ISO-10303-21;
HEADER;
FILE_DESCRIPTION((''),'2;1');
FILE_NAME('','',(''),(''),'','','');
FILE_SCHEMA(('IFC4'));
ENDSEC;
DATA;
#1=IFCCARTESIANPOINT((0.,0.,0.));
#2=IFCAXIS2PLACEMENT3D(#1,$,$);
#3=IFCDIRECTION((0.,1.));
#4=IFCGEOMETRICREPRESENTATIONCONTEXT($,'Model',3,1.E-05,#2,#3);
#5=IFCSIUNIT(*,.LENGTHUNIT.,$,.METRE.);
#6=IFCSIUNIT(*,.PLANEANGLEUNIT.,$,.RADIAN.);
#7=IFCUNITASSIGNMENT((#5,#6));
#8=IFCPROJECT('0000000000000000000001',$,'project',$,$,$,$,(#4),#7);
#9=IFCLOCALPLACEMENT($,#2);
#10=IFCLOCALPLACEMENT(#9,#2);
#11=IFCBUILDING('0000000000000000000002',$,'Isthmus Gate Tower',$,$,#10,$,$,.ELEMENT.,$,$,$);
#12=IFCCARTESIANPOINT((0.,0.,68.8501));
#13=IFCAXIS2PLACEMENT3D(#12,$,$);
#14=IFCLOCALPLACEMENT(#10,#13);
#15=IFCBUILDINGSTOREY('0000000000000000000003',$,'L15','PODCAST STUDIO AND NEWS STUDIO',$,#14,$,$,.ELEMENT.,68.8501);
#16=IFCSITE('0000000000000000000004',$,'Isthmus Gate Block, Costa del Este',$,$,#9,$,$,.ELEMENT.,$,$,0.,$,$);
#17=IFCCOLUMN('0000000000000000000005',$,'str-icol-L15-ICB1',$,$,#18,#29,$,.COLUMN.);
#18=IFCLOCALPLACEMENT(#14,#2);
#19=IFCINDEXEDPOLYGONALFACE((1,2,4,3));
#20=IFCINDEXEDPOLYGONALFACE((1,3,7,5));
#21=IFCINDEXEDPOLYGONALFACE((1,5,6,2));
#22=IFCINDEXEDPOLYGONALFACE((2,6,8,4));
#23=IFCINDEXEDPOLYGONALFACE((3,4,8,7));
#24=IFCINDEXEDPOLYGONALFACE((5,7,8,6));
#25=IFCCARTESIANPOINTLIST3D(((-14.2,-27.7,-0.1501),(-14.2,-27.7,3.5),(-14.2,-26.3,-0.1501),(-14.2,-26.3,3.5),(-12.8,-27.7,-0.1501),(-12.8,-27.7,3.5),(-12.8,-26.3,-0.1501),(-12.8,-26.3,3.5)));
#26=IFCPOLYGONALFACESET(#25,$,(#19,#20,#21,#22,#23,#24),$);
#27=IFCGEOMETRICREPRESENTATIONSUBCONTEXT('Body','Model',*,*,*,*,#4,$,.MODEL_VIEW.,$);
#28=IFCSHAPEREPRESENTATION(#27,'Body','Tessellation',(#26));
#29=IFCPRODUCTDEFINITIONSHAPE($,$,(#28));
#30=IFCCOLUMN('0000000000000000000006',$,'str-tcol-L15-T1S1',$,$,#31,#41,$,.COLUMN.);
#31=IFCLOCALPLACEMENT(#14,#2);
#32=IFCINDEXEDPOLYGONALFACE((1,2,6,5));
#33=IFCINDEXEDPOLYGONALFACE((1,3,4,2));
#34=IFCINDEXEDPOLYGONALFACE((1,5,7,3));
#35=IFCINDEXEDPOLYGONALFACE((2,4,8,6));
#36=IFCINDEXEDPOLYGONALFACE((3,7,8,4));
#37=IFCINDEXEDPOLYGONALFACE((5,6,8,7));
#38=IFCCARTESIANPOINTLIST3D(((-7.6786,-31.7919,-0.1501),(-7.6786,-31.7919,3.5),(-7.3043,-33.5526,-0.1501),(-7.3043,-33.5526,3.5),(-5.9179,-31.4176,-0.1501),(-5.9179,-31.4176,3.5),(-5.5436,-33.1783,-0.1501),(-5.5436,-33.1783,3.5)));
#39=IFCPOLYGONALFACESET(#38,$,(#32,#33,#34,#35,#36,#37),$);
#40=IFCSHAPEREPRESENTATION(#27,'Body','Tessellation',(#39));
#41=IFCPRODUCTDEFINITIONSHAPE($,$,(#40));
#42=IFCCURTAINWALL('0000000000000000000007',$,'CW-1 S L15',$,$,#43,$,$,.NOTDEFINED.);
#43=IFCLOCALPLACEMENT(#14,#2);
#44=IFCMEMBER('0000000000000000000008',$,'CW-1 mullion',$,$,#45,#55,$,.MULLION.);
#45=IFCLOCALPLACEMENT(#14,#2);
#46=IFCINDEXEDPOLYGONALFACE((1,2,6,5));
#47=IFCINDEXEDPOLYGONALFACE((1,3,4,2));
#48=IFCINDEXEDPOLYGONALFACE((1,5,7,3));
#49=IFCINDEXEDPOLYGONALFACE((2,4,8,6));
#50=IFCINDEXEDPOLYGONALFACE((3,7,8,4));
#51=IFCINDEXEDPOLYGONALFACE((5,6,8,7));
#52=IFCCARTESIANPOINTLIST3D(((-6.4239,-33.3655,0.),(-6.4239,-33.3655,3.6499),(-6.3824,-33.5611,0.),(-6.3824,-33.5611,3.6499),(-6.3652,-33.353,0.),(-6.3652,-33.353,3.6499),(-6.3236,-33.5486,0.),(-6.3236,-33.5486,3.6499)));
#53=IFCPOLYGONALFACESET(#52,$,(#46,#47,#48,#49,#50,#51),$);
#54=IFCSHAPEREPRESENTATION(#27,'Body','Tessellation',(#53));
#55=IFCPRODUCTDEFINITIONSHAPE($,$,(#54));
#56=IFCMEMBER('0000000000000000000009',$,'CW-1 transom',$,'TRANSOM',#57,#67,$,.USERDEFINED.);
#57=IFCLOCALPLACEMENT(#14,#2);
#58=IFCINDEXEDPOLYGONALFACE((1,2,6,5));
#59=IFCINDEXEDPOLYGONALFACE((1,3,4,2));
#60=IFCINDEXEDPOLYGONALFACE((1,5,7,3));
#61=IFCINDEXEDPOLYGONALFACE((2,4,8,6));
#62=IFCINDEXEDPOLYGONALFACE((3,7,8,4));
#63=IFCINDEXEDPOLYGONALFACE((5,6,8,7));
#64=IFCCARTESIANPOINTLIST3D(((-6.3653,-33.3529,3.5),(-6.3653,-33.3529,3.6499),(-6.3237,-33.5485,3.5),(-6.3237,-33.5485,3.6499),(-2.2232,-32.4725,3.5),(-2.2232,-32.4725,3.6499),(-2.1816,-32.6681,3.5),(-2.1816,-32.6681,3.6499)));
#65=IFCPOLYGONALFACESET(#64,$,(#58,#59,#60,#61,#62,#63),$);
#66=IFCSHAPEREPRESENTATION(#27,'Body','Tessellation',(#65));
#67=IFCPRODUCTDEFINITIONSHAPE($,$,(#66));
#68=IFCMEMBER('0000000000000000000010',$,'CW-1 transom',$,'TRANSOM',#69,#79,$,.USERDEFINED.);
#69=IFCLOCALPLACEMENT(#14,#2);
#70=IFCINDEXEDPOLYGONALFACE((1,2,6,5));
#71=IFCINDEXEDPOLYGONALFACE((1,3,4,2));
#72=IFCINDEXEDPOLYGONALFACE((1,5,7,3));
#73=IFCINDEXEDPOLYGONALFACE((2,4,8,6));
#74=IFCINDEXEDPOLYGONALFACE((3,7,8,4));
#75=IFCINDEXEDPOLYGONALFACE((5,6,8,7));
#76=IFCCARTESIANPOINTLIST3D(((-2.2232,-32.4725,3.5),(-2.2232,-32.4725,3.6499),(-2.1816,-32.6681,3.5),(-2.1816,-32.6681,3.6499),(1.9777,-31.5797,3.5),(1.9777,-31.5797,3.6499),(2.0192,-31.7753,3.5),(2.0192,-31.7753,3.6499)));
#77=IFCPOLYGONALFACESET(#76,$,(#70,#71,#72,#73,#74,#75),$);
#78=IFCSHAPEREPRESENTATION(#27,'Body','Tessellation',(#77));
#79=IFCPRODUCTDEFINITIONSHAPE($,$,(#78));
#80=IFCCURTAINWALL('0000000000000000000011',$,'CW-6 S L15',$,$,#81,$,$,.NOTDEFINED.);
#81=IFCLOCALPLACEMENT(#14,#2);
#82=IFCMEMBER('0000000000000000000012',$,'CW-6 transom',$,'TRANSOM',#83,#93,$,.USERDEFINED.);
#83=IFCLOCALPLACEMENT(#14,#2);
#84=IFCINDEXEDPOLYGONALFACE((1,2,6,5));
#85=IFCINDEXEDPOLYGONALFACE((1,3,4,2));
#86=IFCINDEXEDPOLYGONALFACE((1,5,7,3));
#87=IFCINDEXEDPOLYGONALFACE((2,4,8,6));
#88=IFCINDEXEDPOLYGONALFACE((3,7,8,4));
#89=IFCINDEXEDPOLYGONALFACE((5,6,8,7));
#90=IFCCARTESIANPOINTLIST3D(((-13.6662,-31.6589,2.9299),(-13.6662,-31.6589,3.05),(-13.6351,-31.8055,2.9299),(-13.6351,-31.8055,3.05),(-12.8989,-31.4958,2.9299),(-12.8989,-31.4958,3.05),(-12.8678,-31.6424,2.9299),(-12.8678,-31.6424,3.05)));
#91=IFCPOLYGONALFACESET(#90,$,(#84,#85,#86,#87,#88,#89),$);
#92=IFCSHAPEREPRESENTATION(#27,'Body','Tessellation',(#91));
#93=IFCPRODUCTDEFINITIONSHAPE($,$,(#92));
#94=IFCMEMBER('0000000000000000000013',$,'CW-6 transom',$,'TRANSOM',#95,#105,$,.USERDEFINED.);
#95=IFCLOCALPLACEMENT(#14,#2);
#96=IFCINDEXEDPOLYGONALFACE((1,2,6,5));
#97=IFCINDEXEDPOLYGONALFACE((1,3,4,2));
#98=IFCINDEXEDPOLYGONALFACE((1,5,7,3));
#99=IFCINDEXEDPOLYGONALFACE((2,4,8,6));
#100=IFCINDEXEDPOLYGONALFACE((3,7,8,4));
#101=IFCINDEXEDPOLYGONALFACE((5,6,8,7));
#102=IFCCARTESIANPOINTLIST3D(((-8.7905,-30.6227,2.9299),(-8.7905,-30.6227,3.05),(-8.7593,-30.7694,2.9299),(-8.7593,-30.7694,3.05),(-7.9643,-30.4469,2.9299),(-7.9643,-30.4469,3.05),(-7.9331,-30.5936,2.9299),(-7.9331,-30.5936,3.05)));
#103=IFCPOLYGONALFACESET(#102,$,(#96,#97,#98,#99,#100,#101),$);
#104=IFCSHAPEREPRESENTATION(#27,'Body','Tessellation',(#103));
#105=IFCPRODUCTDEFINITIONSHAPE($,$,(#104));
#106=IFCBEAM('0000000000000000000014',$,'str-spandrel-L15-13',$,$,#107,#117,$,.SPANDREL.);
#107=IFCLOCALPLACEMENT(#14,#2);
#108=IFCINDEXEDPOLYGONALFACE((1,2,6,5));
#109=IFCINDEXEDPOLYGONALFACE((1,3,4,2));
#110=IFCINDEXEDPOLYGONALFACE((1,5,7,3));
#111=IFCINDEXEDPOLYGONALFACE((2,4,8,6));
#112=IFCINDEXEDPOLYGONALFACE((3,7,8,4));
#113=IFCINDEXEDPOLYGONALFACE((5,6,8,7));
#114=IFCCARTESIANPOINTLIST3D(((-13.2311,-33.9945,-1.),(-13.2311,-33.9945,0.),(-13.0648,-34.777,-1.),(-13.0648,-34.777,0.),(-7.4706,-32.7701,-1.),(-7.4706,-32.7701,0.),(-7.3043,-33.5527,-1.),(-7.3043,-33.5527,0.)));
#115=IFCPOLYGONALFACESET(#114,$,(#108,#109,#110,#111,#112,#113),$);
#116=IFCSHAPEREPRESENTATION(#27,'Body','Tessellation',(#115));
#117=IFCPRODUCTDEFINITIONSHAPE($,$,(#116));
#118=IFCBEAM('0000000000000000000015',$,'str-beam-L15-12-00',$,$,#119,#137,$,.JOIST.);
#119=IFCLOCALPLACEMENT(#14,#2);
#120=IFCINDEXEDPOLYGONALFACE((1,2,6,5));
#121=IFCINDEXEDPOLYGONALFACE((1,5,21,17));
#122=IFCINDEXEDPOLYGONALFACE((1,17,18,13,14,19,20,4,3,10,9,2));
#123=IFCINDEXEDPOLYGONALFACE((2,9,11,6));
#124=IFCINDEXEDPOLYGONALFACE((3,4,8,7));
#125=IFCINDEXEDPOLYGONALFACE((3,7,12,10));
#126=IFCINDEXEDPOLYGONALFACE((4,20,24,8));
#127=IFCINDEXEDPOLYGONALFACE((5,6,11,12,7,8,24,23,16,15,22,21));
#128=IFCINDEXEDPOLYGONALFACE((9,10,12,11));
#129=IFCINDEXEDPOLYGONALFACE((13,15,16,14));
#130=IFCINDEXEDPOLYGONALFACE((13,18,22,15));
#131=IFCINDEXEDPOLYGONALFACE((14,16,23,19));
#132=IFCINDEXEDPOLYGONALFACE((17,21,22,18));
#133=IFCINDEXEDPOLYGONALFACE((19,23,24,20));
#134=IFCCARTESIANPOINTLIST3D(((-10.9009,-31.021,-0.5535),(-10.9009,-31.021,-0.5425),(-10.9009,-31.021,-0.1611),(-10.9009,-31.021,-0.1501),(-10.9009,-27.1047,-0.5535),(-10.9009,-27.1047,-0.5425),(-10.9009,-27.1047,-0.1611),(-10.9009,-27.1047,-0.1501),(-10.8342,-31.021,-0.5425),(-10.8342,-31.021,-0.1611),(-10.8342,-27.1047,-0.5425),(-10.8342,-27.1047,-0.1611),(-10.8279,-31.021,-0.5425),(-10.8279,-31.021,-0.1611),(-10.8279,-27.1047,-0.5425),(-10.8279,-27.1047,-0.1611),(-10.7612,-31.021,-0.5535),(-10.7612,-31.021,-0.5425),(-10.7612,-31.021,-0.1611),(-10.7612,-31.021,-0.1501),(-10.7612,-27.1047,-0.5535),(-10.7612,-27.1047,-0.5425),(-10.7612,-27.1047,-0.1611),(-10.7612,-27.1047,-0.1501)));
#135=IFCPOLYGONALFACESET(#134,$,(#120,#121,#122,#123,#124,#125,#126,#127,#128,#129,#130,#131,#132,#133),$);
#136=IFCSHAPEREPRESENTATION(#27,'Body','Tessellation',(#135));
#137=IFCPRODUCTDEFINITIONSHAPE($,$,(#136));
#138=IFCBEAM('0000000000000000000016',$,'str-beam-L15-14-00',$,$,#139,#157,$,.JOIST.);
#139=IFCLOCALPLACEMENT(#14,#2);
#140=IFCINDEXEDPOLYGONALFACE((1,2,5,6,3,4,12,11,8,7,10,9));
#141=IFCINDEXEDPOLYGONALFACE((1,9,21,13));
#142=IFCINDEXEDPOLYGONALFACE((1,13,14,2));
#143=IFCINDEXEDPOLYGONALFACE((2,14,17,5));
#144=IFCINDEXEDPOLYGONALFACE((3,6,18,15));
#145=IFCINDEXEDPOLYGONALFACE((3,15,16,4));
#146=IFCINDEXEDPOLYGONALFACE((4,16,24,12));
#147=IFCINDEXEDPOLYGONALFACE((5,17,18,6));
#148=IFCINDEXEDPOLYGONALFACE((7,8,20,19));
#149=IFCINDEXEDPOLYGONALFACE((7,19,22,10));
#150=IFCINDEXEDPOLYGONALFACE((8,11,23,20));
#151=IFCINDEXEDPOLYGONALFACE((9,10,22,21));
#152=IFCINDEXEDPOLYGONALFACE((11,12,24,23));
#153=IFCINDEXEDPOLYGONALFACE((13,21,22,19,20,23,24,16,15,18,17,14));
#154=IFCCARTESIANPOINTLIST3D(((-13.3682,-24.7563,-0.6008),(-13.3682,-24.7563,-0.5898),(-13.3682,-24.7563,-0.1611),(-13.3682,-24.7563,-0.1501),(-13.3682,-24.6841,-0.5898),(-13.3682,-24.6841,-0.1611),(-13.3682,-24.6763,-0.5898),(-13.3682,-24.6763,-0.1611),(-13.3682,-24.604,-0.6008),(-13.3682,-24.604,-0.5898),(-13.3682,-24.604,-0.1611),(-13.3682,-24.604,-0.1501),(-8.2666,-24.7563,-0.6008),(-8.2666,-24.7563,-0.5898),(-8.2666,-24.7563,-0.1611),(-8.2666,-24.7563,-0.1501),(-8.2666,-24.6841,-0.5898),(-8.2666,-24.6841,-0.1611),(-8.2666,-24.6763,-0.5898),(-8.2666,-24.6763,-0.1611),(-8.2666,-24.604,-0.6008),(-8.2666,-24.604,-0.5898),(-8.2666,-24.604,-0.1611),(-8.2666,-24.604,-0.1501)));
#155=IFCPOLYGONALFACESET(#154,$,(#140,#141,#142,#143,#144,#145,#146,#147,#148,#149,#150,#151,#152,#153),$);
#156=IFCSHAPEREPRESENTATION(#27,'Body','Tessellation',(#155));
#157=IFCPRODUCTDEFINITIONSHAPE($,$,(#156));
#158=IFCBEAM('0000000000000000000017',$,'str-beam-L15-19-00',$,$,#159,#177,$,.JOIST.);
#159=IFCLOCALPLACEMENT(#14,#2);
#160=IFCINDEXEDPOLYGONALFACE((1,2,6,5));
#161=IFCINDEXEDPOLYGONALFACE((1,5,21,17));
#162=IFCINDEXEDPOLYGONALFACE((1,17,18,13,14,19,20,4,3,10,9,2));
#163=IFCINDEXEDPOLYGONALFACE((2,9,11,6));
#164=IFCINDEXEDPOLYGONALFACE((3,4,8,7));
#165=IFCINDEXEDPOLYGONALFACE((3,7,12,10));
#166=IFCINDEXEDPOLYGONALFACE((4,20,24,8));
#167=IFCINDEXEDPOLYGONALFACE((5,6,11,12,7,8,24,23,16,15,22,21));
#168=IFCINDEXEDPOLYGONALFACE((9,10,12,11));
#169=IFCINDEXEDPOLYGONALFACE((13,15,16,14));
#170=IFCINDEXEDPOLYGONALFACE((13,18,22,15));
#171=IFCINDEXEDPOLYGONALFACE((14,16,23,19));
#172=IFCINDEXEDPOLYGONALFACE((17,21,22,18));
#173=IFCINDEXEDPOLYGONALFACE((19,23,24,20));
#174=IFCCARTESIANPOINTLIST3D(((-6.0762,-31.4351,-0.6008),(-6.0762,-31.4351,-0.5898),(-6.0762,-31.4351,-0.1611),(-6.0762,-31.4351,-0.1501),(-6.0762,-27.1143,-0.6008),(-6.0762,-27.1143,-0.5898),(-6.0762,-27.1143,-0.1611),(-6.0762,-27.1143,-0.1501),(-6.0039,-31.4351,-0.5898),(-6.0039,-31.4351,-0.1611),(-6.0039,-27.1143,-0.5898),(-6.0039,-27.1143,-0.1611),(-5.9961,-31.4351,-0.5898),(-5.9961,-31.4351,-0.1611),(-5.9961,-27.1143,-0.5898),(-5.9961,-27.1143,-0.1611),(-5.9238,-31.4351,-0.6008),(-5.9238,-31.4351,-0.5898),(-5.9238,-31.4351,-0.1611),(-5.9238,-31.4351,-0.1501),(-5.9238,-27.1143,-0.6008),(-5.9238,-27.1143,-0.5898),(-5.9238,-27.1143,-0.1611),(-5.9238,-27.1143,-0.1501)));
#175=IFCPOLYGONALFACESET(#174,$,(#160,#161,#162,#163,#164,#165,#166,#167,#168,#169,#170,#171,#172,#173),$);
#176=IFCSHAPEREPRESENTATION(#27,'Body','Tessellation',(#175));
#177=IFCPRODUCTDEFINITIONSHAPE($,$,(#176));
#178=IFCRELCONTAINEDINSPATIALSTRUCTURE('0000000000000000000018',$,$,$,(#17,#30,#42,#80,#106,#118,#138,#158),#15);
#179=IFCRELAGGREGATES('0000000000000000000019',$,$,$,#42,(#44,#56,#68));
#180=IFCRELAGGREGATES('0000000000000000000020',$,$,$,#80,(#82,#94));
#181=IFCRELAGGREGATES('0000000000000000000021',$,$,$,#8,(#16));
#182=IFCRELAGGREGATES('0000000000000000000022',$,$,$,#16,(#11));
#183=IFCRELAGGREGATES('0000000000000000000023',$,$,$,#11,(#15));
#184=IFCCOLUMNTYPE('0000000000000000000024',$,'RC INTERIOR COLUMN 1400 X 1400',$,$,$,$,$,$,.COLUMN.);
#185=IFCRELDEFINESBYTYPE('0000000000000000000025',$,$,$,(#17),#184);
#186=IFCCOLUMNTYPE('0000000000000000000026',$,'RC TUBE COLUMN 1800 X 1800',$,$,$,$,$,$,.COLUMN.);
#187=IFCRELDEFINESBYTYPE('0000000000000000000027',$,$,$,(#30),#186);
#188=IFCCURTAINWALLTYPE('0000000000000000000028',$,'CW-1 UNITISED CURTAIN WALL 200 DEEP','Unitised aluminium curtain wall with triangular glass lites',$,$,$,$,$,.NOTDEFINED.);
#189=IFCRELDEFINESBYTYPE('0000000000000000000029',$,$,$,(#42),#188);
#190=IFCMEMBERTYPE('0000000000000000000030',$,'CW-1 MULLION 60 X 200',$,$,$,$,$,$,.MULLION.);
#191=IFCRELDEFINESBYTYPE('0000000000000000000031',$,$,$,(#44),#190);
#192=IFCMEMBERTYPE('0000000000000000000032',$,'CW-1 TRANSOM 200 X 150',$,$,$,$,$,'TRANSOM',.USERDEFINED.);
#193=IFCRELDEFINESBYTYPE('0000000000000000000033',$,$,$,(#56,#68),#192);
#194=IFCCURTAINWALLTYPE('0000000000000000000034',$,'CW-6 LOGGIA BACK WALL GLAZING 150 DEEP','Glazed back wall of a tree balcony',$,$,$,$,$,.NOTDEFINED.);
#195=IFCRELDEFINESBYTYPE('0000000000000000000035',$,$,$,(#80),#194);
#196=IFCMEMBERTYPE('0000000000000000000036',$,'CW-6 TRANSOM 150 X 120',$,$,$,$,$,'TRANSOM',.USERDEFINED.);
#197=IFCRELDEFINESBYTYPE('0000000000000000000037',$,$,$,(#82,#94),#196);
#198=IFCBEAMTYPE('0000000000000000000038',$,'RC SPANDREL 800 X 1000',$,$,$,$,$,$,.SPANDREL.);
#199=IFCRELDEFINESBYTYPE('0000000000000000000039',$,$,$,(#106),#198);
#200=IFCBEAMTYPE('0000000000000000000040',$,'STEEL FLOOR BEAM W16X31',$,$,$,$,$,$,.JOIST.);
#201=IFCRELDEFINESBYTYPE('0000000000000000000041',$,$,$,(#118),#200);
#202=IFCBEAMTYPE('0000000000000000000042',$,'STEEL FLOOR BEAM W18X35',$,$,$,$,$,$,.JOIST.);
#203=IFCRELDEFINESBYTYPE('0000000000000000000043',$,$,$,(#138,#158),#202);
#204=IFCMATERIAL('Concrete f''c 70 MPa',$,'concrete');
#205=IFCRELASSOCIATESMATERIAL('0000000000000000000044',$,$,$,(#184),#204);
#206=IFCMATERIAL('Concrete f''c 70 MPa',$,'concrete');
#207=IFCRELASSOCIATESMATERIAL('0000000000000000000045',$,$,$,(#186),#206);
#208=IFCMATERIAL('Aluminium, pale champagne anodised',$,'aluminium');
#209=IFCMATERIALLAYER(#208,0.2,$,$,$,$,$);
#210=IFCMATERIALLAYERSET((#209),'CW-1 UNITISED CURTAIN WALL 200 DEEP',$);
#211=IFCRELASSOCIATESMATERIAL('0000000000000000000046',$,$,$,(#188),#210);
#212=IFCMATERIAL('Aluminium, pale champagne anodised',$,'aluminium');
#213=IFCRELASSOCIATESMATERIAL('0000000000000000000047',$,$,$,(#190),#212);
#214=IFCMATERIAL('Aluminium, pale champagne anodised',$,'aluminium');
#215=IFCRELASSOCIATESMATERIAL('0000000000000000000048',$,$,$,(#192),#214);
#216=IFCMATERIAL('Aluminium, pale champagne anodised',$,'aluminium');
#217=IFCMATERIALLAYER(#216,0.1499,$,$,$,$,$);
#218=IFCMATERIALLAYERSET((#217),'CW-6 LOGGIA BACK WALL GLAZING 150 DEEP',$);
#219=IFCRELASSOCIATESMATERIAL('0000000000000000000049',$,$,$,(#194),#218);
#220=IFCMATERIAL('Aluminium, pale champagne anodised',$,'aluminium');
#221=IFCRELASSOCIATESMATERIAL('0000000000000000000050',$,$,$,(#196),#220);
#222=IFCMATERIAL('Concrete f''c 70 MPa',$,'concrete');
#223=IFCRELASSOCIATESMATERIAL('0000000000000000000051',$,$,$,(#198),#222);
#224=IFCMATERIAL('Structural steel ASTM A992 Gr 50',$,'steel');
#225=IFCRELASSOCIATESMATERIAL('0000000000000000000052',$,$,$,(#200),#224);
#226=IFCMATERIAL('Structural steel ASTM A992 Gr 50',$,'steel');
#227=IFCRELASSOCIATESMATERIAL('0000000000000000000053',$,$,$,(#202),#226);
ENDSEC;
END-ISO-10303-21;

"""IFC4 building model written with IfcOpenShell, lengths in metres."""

from ifc_helpers import new_model, si_unit, direction, frame, origin, origin_2d, place, context, subcontext, project, spatial, rectangle, i_section, extrude, material, layer, layer_set, material_profile, profile_set, type_object, element, aggregate, save


model = new_model("IFC4")

# Units and contexts
model_context = context("Model", 3, precision=1e-05, world=origin(), true_north=direction((0.0, 1.0)))
body_context = subcontext(model_context, "Body", "Model", "MODEL_VIEW")
ifc_project = project(units=[si_unit("LENGTHUNIT", "METRE"), si_unit("PLANEANGLEUNIT", "RADIAN")], contexts=[model_context])

# Site, building, storey
site_placement = place(None, origin())
site = spatial("IfcSite", under=ifc_project, at=site_placement, Name="Isthmus Gate Block, Costa del Este", CompositionType="ELEMENT", RefElevation=0.0)
building_placement = place(site_placement, origin())
building = spatial("IfcBuilding", under=site, at=building_placement, Name="Isthmus Gate Tower", CompositionType="ELEMENT")
storey_placement = place(building_placement, frame((0.0, 0.0, 68.8501)))
storey = spatial("IfcBuildingStorey", under=building, at=storey_placement, Name="L15", Description="PODCAST STUDIO AND NEWS STUDIO", CompositionType="ELEMENT", Elevation=68.8501)

# Columns
ifc_material_1 = material(Name="Concrete f'c 70 MPa", Category="concrete")
ifc_material_profile_1 = material_profile(ifc_material_1, rectangle(XDim=1.3999, YDim=1.3999, at=origin_2d()), Name="RC 1400X1400")
ifc_profile_set_1 = profile_set([ifc_material_profile_1], Name="Concrete f'c 70 MPa")
column_type_1 = type_object("IfcColumnType", Name="RC INTERIOR COLUMN 1400 X 1400", PredefinedType="COLUMN", material=ifc_profile_set_1)
column_1_placement = place(storey_placement, frame((-13.5, -27.0, -0.1501), z_axis=(0.0, 0.0, 1.0), x_axis=(1.0, 0.0, 0.0)))
element("IfcColumn", 1, at=column_1_placement, inside=storey, type_object=column_type_1, Name="str-icol-L15-ICB1", PredefinedType="COLUMN", context=body_context, shape_type="SweptSolid", body=[
    extrude(rectangle(XDim=1.3999, YDim=1.3999, at=origin_2d()), origin(), (0.0, 0.0, 1.0), 3.6501),
])
ifc_material_2 = material(Name="Concrete f'c 70 MPa", Category="concrete")
ifc_material_profile_2 = material_profile(ifc_material_2, rectangle(XDim=1.8, YDim=1.8, at=origin_2d()), Name="RC 1800X1800")
ifc_profile_set_2 = profile_set([ifc_material_profile_2], Name="Concrete f'c 70 MPa")
column_type_2 = type_object("IfcColumnType", Name="RC TUBE COLUMN 1800 X 1800", PredefinedType="COLUMN", material=ifc_profile_set_2)
column_2_placement = place(storey_placement, frame((-6.6111, -32.4851, -0.1501), z_axis=(0.0, 0.0, 1.0), x_axis=(0.978148, 0.207912, 0.0)))
element("IfcColumn", 2, at=column_2_placement, inside=storey, type_object=column_type_2, Name="str-tcol-L15-T1S1", PredefinedType="COLUMN", context=body_context, shape_type="SweptSolid", body=[
    extrude(rectangle(XDim=1.8, YDim=1.8, at=origin_2d()), origin(), (0.0, 0.0, 1.0), 3.6501),
])

# Curtain walls, members
ifc_material_3 = material(Name="Aluminium, pale champagne anodised", Category="aluminium")
ifc_layer_1 = layer(ifc_material_3, 0.2)
ifc_layer_set_1 = layer_set([ifc_layer_1], Name="CW-1 UNITISED CURTAIN WALL 200 DEEP")
curtain_wall_type_1 = type_object("IfcCurtainWallType", Name="CW-1 UNITISED CURTAIN WALL 200 DEEP", Description="Unitised aluminium curtain wall with triangular glass lites", PredefinedType="NOTDEFINED", material=ifc_layer_set_1)
curtain_wall_1_placement = place(storey_placement, origin())
curtain_wall_1 = element("IfcCurtainWall", 3, at=curtain_wall_1_placement, inside=storey, type_object=curtain_wall_type_1, Name="CW-1 S L15", PredefinedType="NOTDEFINED")
ifc_material_4 = material(Name="Aluminium, pale champagne anodised", Category="aluminium")
ifc_material_profile_3 = material_profile(ifc_material_4, rectangle(XDim=0.0601, YDim=0.2, at=origin_2d()), Name="60x200")
ifc_profile_set_3 = profile_set([ifc_material_profile_3], Name="Aluminium, pale champagne anodised")
member_type_1 = type_object("IfcMemberType", Name="CW-1 MULLION 60 X 200", PredefinedType="MULLION", material=ifc_profile_set_3)
member_1_placement = place(storey_placement, frame((-6.3738, -33.457, 0.0), z_axis=(0.0, 0.0, 1.0), x_axis=(0.978148, 0.207912, 0.0)))
member_1 = element("IfcMember", 4, at=member_1_placement, type_object=member_type_1, Name="CW-1 mullion", PredefinedType="MULLION", context=body_context, shape_type="SweptSolid", body=[
    extrude(rectangle(XDim=0.0601, YDim=0.2, at=origin_2d()), origin(), (0.0, 0.0, 1.0), 3.6499),
])
ifc_material_5 = material(Name="Aluminium, pale champagne anodised", Category="aluminium")
ifc_material_profile_4 = material_profile(ifc_material_5, rectangle(XDim=0.2, YDim=0.1499, at=origin_2d()), Name="200x150")
ifc_profile_set_4 = profile_set([ifc_material_profile_4], Name="Aluminium, pale champagne anodised")
member_type_2 = type_object("IfcMemberType", Name="CW-1 TRANSOM 200 X 150", ElementType="TRANSOM", PredefinedType="USERDEFINED", material=ifc_profile_set_4)
member_2_placement = place(storey_placement, frame((-6.3445, -33.4507, 3.575), z_axis=(0.97815, 0.207899, 0.0), x_axis=(-0.207899, 0.97815, 0.0)))
member_2 = element("IfcMember", 5, at=member_2_placement, type_object=member_type_2, Name="CW-1 transom", ObjectType="TRANSOM", PredefinedType="USERDEFINED", context=body_context, shape_type="SweptSolid", body=[
    extrude(rectangle(XDim=0.2, YDim=0.1499, at=origin_2d()), origin(), (0.0, 0.0, 1.0), 4.2346),
])
member_3_placement = place(storey_placement, frame((-2.2024, -32.5703, 3.575), z_axis=(0.978153, 0.207887, 0.0), x_axis=(-0.207887, 0.978153, 0.0)))
member_3 = element("IfcMember", 6, at=member_3_placement, type_object=member_type_2, Name="CW-1 transom", ObjectType="TRANSOM", PredefinedType="USERDEFINED", context=body_context, shape_type="SweptSolid", body=[
    extrude(rectangle(XDim=0.2, YDim=0.1499, at=origin_2d()), origin(), (0.0, 0.0, 1.0), 4.2947),
])
ifc_material_6 = material(Name="Aluminium, pale champagne anodised", Category="aluminium")
ifc_layer_2 = layer(ifc_material_6, 0.1499)
ifc_layer_set_2 = layer_set([ifc_layer_2], Name="CW-6 LOGGIA BACK WALL GLAZING 150 DEEP")
curtain_wall_type_2 = type_object("IfcCurtainWallType", Name="CW-6 LOGGIA BACK WALL GLAZING 150 DEEP", Description="Glazed back wall of a tree balcony", PredefinedType="NOTDEFINED", material=ifc_layer_set_2)
curtain_wall_2_placement = place(storey_placement, origin())
curtain_wall_2 = element("IfcCurtainWall", 7, at=curtain_wall_2_placement, inside=storey, type_object=curtain_wall_type_2, Name="CW-6 S L15", PredefinedType="NOTDEFINED")
ifc_material_7 = material(Name="Aluminium, pale champagne anodised", Category="aluminium")
ifc_material_profile_5 = material_profile(ifc_material_7, rectangle(XDim=0.1499, YDim=0.1201, at=origin_2d()), Name="150x120")
ifc_profile_set_5 = profile_set([ifc_material_profile_5], Name="Aluminium, pale champagne anodised")
member_type_3 = type_object("IfcMemberType", Name="CW-6 TRANSOM 150 X 120", ElementType="TRANSOM", PredefinedType="USERDEFINED", material=ifc_profile_set_5)
member_4_placement = place(storey_placement, frame((-13.6506, -31.7322, 2.99), z_axis=(0.978152, 0.207892, 0.0), x_axis=(-0.207892, 0.978152, 0.0)))
member_4 = element("IfcMember", 8, at=member_4_placement, type_object=member_type_3, Name="CW-6 transom", ObjectType="TRANSOM", PredefinedType="USERDEFINED", context=body_context, shape_type="SweptSolid", body=[
    extrude(rectangle(XDim=0.1499, YDim=0.1201, at=origin_2d()), origin(), (0.0, 0.0, 1.0), 0.7844),
])
member_5_placement = place(storey_placement, frame((-8.7749, -30.696, 2.99), z_axis=(0.978106, 0.208108, 0.0), x_axis=(-0.208108, 0.978106, 0.0)))
member_5 = element("IfcMember", 9, at=member_5_placement, type_object=member_type_3, Name="CW-6 transom", ObjectType="TRANSOM", PredefinedType="USERDEFINED", context=body_context, shape_type="SweptSolid", body=[
    extrude(rectangle(XDim=0.1499, YDim=0.1201, at=origin_2d()), origin(), (0.0, 0.0, 1.0), 0.8447),
])

# Beams
ifc_material_8 = material(Name="Concrete f'c 70 MPa", Category="concrete")
ifc_material_profile_6 = material_profile(ifc_material_8, rectangle(XDim=0.8, YDim=1.0, at=origin_2d()), Name="RC 800X1000")
ifc_profile_set_6 = profile_set([ifc_material_profile_6], Name="Concrete f'c 70 MPa")
beam_type_1 = type_object("IfcBeamType", Name="RC SPANDREL 800 X 1000", PredefinedType="SPANDREL", material=ifc_profile_set_6)
beam_1_placement = place(storey_placement, frame((-7.3875, -33.1614, -0.5), z_axis=(-0.97815, -0.207901, 0.0), x_axis=(0.207901, -0.97815, 0.0)))
element("IfcBeam", 10, at=beam_1_placement, inside=storey, type_object=beam_type_1, Name="str-spandrel-L15-13", PredefinedType="SPANDREL", context=body_context, shape_type="SweptSolid", body=[
    extrude(rectangle(XDim=0.8, YDim=1.0, at=origin_2d()), origin(), (0.0, 0.0, 1.0), 5.8892),
])
ifc_material_9 = material(Name="Structural steel ASTM A992 Gr 50", Category="steel")
ifc_material_profile_7 = material_profile(ifc_material_9, i_section(OverallWidth=0.1396, OverallDepth=0.4033, WebThickness=0.0063, FlangeThickness=0.011, at=origin_2d()), Name="W16X31")
ifc_profile_set_7 = profile_set([ifc_material_profile_7], Name="Structural steel ASTM A992 Gr 50")
beam_type_2 = type_object("IfcBeamType", Name="STEEL FLOOR BEAM W16X31", PredefinedType="JOIST", material=ifc_profile_set_7)
beam_2_placement = place(storey_placement, frame((-10.8311, -31.021, -0.3518), z_axis=(0.0, 1.0, 0.0), x_axis=(-1.0, 0.0, 0.0)))
element("IfcBeam", 11, at=beam_2_placement, inside=storey, type_object=beam_type_2, Name="str-beam-L15-12-00", PredefinedType="JOIST", context=body_context, shape_type="SweptSolid", body=[
    extrude(i_section(OverallWidth=0.1396, OverallDepth=0.4033, WebThickness=0.0063, FlangeThickness=0.011, at=origin_2d()), origin(), (0.0, 0.0, 1.0), 3.9163),
])
ifc_material_10 = material(Name="Structural steel ASTM A992 Gr 50", Category="steel")
ifc_material_profile_8 = material_profile(ifc_material_10, i_section(OverallWidth=0.1523, OverallDepth=0.4507, WebThickness=0.0078, FlangeThickness=0.011, at=origin_2d()), Name="W18X35")
ifc_profile_set_8 = profile_set([ifc_material_profile_8], Name="Structural steel ASTM A992 Gr 50")
beam_type_3 = type_object("IfcBeamType", Name="STEEL FLOOR BEAM W18X35", PredefinedType="JOIST", material=ifc_profile_set_8)
beam_3_placement = place(storey_placement, frame((-13.3682, -24.6802, -0.3755), z_axis=(1.0, 0.0, 0.0), x_axis=(0.0, 1.0, 0.0)))
element("IfcBeam", 12, at=beam_3_placement, inside=storey, type_object=beam_type_3, Name="str-beam-L15-14-00", PredefinedType="JOIST", context=body_context, shape_type="SweptSolid", body=[
    extrude(i_section(OverallWidth=0.1523, OverallDepth=0.4507, WebThickness=0.0078, FlangeThickness=0.011, at=origin_2d()), origin(), (0.0, 0.0, 1.0), 5.1016),
])
beam_4_placement = place(storey_placement, frame((-6.0, -31.4351, -0.3755), z_axis=(0.0, 1.0, 0.0), x_axis=(-1.0, 0.0, 0.0)))
element("IfcBeam", 13, at=beam_4_placement, inside=storey, type_object=beam_type_3, Name="str-beam-L15-19-00", PredefinedType="JOIST", context=body_context, shape_type="SweptSolid", body=[
    extrude(i_section(OverallWidth=0.1523, OverallDepth=0.4507, WebThickness=0.0078, FlangeThickness=0.011, at=origin_2d()), origin(), (0.0, 0.0, 1.0), 4.3208),
])

aggregate(curtain_wall_1, [member_1, member_2, member_3])
aggregate(curtain_wall_2, [member_4, member_5])

save(model, "model.ifc")
